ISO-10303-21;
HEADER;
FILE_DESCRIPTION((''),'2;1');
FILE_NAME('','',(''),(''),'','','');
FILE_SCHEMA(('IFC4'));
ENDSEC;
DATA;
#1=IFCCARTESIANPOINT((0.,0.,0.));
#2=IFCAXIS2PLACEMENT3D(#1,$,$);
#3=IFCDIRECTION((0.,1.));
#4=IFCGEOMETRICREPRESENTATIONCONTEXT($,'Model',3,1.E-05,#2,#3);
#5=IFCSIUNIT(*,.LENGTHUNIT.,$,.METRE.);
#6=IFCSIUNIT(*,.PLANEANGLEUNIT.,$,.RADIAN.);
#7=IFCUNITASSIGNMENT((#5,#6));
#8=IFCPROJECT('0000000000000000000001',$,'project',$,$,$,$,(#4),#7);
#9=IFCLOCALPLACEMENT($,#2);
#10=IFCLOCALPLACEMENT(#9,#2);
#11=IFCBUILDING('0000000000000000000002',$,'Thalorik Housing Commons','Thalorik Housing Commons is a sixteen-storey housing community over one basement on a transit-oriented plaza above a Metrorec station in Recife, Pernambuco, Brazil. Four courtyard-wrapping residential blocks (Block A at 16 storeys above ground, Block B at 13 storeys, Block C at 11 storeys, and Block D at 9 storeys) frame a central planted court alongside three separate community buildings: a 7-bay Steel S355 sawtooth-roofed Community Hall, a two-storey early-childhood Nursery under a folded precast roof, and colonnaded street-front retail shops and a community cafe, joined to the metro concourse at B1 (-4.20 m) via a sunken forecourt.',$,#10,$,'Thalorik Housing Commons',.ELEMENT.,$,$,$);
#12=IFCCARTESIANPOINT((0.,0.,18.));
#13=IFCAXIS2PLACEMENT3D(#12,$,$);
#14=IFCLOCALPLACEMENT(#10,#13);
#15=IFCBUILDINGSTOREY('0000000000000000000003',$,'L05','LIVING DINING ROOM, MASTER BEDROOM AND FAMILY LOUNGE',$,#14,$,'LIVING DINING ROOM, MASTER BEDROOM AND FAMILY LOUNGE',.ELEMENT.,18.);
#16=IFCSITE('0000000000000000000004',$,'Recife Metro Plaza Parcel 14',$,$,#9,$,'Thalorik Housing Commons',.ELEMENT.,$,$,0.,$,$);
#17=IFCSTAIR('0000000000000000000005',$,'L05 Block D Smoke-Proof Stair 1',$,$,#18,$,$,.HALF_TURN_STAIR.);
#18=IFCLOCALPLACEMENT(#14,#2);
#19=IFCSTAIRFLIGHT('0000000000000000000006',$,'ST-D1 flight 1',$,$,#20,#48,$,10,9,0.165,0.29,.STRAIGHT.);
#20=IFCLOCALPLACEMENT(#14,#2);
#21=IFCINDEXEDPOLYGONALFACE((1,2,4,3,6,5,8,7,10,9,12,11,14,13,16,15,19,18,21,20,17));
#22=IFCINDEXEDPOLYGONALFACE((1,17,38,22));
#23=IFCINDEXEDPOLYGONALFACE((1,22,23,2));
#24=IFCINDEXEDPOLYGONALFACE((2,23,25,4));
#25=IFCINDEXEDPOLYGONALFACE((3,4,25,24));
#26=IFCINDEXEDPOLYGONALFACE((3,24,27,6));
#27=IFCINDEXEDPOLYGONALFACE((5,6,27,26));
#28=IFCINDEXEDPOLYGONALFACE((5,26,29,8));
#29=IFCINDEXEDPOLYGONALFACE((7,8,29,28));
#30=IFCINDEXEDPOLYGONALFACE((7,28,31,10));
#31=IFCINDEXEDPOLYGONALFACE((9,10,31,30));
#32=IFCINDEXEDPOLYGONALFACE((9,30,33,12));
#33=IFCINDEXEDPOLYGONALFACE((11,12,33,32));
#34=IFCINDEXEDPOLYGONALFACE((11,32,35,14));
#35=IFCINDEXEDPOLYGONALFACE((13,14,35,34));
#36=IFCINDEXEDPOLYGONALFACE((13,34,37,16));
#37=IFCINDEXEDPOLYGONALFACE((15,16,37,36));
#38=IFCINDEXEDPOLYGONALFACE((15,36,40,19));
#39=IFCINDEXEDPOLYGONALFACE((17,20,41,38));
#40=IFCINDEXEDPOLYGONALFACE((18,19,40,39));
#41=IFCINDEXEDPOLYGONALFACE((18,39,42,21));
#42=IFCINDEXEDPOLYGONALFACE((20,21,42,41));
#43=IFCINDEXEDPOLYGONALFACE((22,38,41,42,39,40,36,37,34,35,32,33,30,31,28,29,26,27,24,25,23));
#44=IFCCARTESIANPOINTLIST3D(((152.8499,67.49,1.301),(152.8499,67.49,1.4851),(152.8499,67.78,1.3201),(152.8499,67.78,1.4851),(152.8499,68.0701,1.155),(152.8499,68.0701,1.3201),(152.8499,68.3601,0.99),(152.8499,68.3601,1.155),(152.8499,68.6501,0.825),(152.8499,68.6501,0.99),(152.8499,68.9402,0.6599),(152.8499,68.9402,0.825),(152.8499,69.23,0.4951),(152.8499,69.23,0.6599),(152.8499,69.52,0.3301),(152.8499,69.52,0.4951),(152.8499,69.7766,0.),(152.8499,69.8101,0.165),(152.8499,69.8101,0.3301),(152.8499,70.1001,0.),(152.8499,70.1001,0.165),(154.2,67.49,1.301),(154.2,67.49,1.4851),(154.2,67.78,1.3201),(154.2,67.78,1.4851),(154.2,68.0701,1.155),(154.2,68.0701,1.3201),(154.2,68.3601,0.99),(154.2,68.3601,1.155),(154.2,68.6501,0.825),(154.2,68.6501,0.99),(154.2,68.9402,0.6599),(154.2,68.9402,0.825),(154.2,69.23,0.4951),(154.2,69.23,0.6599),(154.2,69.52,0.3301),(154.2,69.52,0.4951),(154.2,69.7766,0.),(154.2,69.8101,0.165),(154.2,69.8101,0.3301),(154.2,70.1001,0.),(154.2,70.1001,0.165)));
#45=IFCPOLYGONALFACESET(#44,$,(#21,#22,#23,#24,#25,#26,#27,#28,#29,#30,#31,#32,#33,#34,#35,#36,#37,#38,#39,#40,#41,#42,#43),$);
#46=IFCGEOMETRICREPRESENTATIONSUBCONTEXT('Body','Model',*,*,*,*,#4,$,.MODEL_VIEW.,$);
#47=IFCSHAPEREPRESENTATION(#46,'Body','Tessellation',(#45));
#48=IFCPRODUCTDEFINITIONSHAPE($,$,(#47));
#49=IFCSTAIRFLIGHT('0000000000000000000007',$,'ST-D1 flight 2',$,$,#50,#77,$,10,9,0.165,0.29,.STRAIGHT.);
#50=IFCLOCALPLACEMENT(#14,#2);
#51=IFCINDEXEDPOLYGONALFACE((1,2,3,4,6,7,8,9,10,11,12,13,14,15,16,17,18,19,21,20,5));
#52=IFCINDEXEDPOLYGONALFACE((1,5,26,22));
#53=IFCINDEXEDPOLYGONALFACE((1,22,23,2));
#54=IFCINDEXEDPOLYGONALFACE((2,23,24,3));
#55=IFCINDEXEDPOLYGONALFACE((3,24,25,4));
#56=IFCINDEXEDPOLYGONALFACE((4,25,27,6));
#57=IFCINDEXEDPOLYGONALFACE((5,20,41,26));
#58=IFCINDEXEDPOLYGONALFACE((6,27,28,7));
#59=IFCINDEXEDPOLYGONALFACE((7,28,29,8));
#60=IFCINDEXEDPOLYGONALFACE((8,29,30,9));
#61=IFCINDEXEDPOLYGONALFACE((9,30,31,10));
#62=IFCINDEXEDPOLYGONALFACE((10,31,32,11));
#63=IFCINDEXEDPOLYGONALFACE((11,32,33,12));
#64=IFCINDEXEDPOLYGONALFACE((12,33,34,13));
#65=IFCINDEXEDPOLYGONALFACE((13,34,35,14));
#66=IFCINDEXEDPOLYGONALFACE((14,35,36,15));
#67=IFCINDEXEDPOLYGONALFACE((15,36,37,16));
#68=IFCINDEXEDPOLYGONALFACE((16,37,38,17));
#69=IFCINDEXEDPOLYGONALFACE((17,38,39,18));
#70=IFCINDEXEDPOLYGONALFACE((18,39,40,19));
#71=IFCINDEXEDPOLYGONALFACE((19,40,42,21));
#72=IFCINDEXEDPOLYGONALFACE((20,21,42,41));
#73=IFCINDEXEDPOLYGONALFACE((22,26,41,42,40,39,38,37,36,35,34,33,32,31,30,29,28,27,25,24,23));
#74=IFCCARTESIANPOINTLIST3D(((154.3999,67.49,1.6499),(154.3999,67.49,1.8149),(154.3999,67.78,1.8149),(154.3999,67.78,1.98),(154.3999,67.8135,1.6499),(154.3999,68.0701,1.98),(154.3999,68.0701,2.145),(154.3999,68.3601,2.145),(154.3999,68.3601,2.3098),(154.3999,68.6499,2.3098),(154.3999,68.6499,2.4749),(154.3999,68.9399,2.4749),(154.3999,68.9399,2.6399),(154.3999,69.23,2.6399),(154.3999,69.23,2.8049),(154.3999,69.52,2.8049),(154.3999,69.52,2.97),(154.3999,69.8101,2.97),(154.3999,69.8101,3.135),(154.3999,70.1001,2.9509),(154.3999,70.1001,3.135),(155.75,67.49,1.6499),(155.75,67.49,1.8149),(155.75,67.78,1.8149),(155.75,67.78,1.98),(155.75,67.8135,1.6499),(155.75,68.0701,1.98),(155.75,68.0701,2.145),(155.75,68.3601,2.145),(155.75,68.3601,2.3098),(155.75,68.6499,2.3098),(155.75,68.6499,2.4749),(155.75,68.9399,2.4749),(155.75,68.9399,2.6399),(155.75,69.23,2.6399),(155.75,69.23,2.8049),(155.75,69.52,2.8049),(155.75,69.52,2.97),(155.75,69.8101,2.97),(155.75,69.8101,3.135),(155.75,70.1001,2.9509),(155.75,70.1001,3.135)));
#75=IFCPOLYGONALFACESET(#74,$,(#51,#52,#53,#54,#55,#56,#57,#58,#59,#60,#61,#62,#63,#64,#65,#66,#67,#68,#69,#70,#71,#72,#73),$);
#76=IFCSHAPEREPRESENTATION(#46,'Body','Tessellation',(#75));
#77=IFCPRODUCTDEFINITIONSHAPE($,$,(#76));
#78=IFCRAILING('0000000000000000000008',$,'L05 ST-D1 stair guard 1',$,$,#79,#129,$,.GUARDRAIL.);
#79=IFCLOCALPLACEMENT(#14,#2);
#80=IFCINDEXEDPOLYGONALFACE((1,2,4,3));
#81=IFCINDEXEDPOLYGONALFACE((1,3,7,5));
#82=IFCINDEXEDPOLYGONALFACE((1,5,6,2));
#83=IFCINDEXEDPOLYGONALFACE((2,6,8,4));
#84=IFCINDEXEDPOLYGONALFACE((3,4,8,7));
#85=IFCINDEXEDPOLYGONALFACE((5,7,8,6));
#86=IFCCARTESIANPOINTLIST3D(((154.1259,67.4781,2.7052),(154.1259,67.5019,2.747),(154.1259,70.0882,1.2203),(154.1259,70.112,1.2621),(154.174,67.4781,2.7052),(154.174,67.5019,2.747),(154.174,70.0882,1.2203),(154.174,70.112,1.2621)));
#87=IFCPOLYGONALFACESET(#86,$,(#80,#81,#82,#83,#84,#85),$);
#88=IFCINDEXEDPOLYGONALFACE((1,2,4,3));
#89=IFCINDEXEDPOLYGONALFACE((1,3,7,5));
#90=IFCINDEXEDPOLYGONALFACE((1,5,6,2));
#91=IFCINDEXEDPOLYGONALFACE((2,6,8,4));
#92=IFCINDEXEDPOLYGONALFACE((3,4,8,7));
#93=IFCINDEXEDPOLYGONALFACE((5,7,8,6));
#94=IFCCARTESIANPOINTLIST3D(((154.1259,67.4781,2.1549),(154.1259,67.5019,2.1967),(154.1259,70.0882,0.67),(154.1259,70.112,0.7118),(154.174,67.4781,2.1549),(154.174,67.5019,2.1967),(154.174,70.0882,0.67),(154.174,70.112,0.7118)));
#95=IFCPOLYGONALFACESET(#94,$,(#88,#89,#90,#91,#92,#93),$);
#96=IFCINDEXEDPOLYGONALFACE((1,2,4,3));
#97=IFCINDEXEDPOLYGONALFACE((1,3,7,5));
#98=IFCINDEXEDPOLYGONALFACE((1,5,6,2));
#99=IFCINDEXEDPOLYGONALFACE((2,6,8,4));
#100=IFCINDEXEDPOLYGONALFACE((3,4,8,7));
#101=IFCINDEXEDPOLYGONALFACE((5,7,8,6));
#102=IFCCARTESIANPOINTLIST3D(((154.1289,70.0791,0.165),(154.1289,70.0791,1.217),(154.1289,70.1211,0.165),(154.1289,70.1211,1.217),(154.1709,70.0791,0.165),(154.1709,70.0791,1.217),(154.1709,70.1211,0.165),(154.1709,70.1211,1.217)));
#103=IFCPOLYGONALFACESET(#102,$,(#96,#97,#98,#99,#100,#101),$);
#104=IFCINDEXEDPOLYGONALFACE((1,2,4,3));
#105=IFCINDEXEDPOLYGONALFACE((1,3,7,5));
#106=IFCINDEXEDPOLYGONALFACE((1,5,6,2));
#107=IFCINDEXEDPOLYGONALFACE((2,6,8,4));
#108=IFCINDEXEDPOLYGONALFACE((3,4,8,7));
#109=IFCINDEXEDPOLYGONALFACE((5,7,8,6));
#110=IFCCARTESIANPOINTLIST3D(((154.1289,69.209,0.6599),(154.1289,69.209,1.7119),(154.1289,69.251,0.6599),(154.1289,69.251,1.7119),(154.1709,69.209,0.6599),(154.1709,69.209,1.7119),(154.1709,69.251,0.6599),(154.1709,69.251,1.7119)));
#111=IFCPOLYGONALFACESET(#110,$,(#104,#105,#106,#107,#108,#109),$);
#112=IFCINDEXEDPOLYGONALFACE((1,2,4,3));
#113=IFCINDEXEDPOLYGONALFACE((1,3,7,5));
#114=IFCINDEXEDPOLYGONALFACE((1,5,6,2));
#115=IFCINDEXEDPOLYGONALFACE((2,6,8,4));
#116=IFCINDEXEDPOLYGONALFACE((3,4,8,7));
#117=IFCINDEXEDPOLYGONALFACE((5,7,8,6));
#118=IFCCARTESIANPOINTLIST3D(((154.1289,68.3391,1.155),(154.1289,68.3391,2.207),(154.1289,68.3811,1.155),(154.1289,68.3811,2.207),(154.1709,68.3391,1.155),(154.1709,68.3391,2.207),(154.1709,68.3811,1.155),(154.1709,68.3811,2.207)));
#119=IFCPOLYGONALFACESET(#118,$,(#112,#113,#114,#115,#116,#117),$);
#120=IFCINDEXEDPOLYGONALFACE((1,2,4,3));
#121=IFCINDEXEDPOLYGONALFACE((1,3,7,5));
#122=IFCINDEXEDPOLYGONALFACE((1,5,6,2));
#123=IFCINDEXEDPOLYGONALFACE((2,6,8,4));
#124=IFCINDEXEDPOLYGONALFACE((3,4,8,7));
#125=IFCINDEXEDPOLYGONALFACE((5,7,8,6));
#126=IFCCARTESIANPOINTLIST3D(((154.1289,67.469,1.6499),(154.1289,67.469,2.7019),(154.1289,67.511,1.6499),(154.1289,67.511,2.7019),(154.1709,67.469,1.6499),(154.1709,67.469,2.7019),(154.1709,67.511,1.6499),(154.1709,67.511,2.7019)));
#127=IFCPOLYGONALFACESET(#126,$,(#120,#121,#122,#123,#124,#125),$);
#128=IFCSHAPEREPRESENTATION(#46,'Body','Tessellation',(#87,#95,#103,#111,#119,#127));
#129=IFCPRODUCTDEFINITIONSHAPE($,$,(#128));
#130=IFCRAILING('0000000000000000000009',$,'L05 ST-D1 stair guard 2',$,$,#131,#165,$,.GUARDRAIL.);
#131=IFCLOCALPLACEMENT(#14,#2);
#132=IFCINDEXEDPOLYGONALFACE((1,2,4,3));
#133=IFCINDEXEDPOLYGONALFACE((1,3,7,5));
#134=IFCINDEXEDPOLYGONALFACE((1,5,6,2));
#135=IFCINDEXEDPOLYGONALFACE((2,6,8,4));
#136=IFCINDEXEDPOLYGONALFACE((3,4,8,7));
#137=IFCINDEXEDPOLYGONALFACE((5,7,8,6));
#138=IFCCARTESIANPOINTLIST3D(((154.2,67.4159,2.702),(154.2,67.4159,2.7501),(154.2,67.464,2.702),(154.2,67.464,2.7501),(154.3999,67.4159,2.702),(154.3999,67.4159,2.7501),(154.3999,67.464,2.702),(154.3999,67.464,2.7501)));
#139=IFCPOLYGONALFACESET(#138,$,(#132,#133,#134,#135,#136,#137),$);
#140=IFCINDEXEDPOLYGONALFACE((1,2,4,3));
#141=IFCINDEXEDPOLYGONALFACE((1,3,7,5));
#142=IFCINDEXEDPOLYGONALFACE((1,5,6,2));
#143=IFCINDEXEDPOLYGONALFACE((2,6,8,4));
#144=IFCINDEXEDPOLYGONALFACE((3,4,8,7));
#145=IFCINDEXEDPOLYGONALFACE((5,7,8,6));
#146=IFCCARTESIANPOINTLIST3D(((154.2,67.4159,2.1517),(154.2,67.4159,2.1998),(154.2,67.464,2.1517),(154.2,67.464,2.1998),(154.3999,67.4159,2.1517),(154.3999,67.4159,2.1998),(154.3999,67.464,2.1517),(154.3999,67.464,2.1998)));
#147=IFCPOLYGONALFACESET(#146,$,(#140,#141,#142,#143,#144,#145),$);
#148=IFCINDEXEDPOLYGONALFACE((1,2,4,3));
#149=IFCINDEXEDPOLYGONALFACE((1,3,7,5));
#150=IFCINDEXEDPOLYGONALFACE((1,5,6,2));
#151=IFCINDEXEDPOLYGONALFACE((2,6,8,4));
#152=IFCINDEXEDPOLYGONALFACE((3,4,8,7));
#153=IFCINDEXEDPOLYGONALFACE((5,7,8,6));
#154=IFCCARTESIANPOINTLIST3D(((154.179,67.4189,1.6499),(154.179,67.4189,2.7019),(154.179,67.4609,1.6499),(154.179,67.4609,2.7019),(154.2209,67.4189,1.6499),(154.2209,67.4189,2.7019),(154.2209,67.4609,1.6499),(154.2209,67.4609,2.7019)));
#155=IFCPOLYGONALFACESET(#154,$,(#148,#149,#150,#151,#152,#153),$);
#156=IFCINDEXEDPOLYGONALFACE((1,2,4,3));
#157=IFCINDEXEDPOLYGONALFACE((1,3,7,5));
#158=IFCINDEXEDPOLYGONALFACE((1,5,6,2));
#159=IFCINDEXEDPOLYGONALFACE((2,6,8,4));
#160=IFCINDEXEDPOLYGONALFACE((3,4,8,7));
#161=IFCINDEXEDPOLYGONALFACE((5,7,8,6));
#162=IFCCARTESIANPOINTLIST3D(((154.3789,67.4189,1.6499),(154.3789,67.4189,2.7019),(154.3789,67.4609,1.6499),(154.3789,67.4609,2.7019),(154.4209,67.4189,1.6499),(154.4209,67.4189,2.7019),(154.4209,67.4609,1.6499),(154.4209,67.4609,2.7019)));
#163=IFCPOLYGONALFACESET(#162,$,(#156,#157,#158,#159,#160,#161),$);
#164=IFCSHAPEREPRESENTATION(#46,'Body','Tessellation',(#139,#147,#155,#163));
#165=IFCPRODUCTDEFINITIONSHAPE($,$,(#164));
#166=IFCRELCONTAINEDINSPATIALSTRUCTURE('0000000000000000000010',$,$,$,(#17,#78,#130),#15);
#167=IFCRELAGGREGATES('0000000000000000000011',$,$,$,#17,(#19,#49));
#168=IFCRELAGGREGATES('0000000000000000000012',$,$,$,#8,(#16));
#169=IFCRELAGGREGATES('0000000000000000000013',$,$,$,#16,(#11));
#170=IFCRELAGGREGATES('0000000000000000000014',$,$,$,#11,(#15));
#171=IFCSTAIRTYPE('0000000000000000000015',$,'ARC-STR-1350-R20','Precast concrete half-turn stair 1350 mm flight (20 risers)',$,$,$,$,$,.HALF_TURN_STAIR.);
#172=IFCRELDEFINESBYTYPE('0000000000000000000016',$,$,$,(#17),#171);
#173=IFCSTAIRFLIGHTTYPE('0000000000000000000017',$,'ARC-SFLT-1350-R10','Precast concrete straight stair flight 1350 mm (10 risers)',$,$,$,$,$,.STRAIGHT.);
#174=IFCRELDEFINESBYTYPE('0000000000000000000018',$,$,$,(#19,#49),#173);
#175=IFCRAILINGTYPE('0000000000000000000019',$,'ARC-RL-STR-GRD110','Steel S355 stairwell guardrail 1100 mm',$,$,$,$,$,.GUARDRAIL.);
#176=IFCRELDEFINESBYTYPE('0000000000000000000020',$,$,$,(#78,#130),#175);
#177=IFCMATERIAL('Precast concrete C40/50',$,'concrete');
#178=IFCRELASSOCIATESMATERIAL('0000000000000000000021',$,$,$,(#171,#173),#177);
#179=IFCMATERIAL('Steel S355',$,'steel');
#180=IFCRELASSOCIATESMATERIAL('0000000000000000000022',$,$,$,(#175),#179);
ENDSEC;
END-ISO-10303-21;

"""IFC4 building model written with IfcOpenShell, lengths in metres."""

from ifc_helpers import new_model, si_unit, direction, frame, origin, origin_2d, place, context, subcontext, project, spatial, polyline, rectangle, outline, extrude, material, type_object, element, aggregate, save


model = new_model("IFC4")

# Units and contexts
model_context = context("Model", 3, precision=1e-05, world=origin(), true_north=direction((0.0, 1.0)))
body_context = subcontext(model_context, "Body", "Model", "MODEL_VIEW")
ifc_project = project(units=[si_unit("LENGTHUNIT", "METRE"), si_unit("PLANEANGLEUNIT", "RADIAN")], contexts=[model_context])

# Site, building, storey
site_placement = place(None, origin())
site = spatial("IfcSite", under=ifc_project, at=site_placement, Name="Recife Metro Plaza Parcel 14", LongName="Thalorik Housing Commons", CompositionType="ELEMENT", RefElevation=0.0)
building_placement = place(site_placement, origin())
building = spatial("IfcBuilding", under=site, at=building_placement, Name="Thalorik Housing Commons", Description="Thalorik Housing Commons is a sixteen-storey housing community over one basement on a transit-oriented plaza above a Metrorec station in Recife, Pernambuco, Brazil. Four courtyard-wrapping residential blocks (Block A at 16 storeys above ground, Block B at 13 storeys, Block C at 11 storeys, and Block D at 9 storeys) frame a central planted court alongside three separate community buildings: a 7-bay Steel S355 sawtooth-roofed Community Hall, a two-storey early-childhood Nursery under a folded precast roof, and colonnaded street-front retail shops and a community cafe, joined to the metro concourse at B1 (-4.20 m) via a sunken forecourt.", LongName="Thalorik Housing Commons", CompositionType="ELEMENT")
storey_placement = place(building_placement, frame((0.0, 0.0, 18.0)))
storey = spatial("IfcBuildingStorey", under=building, at=storey_placement, Name="L05", Description="LIVING DINING ROOM, MASTER BEDROOM AND FAMILY LOUNGE", LongName="LIVING DINING ROOM, MASTER BEDROOM AND FAMILY LOUNGE", CompositionType="ELEMENT", Elevation=18.0)

# Shared definitions
ifc_material_1 = material(Name="Precast concrete C40/50", Category="concrete")

# Shared definitions
ifc_material_2 = material(Name="Steel S355", Category="steel")

# Stair, stair flights
stair_type = type_object("IfcStairType", Name="ARC-STR-1350-R20", Description="Precast concrete half-turn stair 1350 mm flight (20 risers)", PredefinedType="HALF_TURN_STAIR", material=ifc_material_1)
stair_placement = place(storey_placement, origin())
stair = element("IfcStair", 1, at=stair_placement, inside=storey, type_object=stair_type, Name="L05 Block D Smoke-Proof Stair 1", PredefinedType="HALF_TURN_STAIR")
stair_flight_type = type_object("IfcStairFlightType", Name="ARC-SFLT-1350-R10", Description="Precast concrete straight stair flight 1350 mm (10 risers)", PredefinedType="STRAIGHT", material=ifc_material_1)
stair_flight_1_placement = place(storey_placement, frame((153.5249, 70.1001, 0.0), z_axis=(0.0, 0.0, 1.0), x_axis=(0.0, -1.0, 0.0)))
stair_flight_1 = element("IfcStairFlight", 2, at=stair_flight_1_placement, type_object=stair_flight_type, Name="ST-D1 flight 1", NumberOfRisers=10, NumberOfTreads=9, PredefinedType="STRAIGHT", RiserHeight=0.165, TreadLength=0.29, context=body_context, shape_type="SweptSolid", body=[
    extrude(outline(polyline([(0.0, 0.0), (0.0, 0.165), (0.29, 0.165), (0.29, 0.3301), (0.5801, 0.3301), (0.5801, 0.4951), (0.8701, 0.4951), (0.8701, 0.6599), (1.1599, 0.6599), (1.1599, 0.825), (1.45, 0.825), (1.45, 0.99), (1.74, 0.99), (1.74, 1.155), (2.03, 1.155), (2.03, 1.3201), (2.3201, 1.3201), (2.3201, 1.4851), (2.6101, 1.4851), (2.6101, 1.6499), (2.6101, 1.301), (0.3235, 0.0), (0.0, 0.0)])), frame((0.0, 0.675, 0.0), z_axis=(0.0, -1.0, 0.0), x_axis=(1.0, 0.0, 0.0)), (0.0, 0.0, 1.0), 1.3501),
])
stair_flight_2_placement = place(storey_placement, frame((155.075, 67.49, 1.6499), z_axis=(0.0, 0.0, 1.0), x_axis=(0.0, 1.0, 0.0)))
stair_flight_2 = element("IfcStairFlight", 3, at=stair_flight_2_placement, type_object=stair_flight_type, Name="ST-D1 flight 2", NumberOfRisers=10, NumberOfTreads=9, PredefinedType="STRAIGHT", RiserHeight=0.165, TreadLength=0.29, context=body_context, shape_type="SweptSolid", body=[
    extrude(outline(polyline([(0.0, 0.0), (0.0, 0.165), (0.29, 0.165), (0.29, 0.3301), (0.5801, 0.3301), (0.5801, 0.4951), (0.8701, 0.4951), (0.8701, 0.6599), (1.1599, 0.6599), (1.1599, 0.825), (1.45, 0.825), (1.45, 0.99), (1.74, 0.99), (1.74, 1.155), (2.03, 1.155), (2.03, 1.3201), (2.3201, 1.3201), (2.3201, 1.4851), (2.6101, 1.4851), (2.6101, 1.6499), (2.6101, 1.301), (0.3235, 0.0), (0.0, 0.0)])), frame((0.0, 0.675, 0.0), z_axis=(0.0, -1.0, 0.0), x_axis=(1.0, 0.0, 0.0)), (0.0, 0.0, 1.0), 1.3501),
])
aggregate(stair, [stair_flight_1, stair_flight_2])

# Railings
railing_type_1 = type_object("IfcRailingType", Name="ARC-RL-STR-GRD110", Description="Steel S355 stairwell guardrail 1100 mm", PredefinedType="GUARDRAIL", material=ifc_material_2)
railing_1_placement = place(storey_placement, frame((154.1499, 70.1001, 0.165)))
element("IfcRailing", 4, at=railing_1_placement, inside=storey, type_object=railing_type_1, Name="L05 ST-D1 stair guard 1", PredefinedType="GUARDRAIL", context=body_context, shape_type="SweptSolid", body=[
    extrude(rectangle(XDim=0.0481, YDim=0.0481, at=origin_2d()), frame((0.0, 0.0, 1.0762), z_axis=(0.0, -0.869192, 0.494474), x_axis=(1.0, 0.0, 0.0)), (0.0, 0.0, 1.0), 3.0029),
    extrude(rectangle(XDim=0.0481, YDim=0.0481, at=origin_2d()), frame((0.0, 0.0, 0.5259), z_axis=(0.0, -0.869192, 0.494474), x_axis=(1.0, 0.0, 0.0)), (0.0, 0.0, 1.0), 3.0029),
    extrude(rectangle(XDim=0.042, YDim=0.042, at=origin_2d()), origin(), (0.0, 0.0, 1.0), 1.052),
    extrude(rectangle(XDim=0.042, YDim=0.042, at=origin_2d()), frame((0.0, -0.8701, 0.4949)), (0.0, 0.0, 1.0), 1.052),
    extrude(rectangle(XDim=0.042, YDim=0.042, at=origin_2d()), frame((0.0, -1.74, 0.99)), (0.0, 0.0, 1.0), 1.052),
    extrude(rectangle(XDim=0.042, YDim=0.042, at=origin_2d()), frame((0.0, -2.6101, 1.4849)), (0.0, 0.0, 1.0), 1.052),
])
railing_2_placement = place(storey_placement, frame((154.2, 67.4399, 1.6499)))
element("IfcRailing", 5, at=railing_2_placement, inside=storey, type_object=railing_type_1, Name="L05 ST-D1 stair guard 2", PredefinedType="GUARDRAIL", context=body_context, shape_type="SweptSolid", body=[
    extrude(rectangle(XDim=0.0481, YDim=0.0481, at=origin_2d()), frame((0.0, 0.0, 1.0762), z_axis=(1.0, 0.0, 0.0), x_axis=(0.0, 1.0, 0.0)), (0.0, 0.0, 1.0), 0.2),
    extrude(rectangle(XDim=0.0481, YDim=0.0481, at=origin_2d()), frame((0.0, 0.0, 0.5259), z_axis=(1.0, 0.0, 0.0), x_axis=(0.0, 1.0, 0.0)), (0.0, 0.0, 1.0), 0.2),
    extrude(rectangle(XDim=0.042, YDim=0.042, at=origin_2d()), origin(), (0.0, 0.0, 1.0), 1.052),
    extrude(rectangle(XDim=0.042, YDim=0.042, at=origin_2d()), frame((0.2, 0.0, 0.0)), (0.0, 0.0, 1.0), 1.052),
])

save(model, "model.ifc")
